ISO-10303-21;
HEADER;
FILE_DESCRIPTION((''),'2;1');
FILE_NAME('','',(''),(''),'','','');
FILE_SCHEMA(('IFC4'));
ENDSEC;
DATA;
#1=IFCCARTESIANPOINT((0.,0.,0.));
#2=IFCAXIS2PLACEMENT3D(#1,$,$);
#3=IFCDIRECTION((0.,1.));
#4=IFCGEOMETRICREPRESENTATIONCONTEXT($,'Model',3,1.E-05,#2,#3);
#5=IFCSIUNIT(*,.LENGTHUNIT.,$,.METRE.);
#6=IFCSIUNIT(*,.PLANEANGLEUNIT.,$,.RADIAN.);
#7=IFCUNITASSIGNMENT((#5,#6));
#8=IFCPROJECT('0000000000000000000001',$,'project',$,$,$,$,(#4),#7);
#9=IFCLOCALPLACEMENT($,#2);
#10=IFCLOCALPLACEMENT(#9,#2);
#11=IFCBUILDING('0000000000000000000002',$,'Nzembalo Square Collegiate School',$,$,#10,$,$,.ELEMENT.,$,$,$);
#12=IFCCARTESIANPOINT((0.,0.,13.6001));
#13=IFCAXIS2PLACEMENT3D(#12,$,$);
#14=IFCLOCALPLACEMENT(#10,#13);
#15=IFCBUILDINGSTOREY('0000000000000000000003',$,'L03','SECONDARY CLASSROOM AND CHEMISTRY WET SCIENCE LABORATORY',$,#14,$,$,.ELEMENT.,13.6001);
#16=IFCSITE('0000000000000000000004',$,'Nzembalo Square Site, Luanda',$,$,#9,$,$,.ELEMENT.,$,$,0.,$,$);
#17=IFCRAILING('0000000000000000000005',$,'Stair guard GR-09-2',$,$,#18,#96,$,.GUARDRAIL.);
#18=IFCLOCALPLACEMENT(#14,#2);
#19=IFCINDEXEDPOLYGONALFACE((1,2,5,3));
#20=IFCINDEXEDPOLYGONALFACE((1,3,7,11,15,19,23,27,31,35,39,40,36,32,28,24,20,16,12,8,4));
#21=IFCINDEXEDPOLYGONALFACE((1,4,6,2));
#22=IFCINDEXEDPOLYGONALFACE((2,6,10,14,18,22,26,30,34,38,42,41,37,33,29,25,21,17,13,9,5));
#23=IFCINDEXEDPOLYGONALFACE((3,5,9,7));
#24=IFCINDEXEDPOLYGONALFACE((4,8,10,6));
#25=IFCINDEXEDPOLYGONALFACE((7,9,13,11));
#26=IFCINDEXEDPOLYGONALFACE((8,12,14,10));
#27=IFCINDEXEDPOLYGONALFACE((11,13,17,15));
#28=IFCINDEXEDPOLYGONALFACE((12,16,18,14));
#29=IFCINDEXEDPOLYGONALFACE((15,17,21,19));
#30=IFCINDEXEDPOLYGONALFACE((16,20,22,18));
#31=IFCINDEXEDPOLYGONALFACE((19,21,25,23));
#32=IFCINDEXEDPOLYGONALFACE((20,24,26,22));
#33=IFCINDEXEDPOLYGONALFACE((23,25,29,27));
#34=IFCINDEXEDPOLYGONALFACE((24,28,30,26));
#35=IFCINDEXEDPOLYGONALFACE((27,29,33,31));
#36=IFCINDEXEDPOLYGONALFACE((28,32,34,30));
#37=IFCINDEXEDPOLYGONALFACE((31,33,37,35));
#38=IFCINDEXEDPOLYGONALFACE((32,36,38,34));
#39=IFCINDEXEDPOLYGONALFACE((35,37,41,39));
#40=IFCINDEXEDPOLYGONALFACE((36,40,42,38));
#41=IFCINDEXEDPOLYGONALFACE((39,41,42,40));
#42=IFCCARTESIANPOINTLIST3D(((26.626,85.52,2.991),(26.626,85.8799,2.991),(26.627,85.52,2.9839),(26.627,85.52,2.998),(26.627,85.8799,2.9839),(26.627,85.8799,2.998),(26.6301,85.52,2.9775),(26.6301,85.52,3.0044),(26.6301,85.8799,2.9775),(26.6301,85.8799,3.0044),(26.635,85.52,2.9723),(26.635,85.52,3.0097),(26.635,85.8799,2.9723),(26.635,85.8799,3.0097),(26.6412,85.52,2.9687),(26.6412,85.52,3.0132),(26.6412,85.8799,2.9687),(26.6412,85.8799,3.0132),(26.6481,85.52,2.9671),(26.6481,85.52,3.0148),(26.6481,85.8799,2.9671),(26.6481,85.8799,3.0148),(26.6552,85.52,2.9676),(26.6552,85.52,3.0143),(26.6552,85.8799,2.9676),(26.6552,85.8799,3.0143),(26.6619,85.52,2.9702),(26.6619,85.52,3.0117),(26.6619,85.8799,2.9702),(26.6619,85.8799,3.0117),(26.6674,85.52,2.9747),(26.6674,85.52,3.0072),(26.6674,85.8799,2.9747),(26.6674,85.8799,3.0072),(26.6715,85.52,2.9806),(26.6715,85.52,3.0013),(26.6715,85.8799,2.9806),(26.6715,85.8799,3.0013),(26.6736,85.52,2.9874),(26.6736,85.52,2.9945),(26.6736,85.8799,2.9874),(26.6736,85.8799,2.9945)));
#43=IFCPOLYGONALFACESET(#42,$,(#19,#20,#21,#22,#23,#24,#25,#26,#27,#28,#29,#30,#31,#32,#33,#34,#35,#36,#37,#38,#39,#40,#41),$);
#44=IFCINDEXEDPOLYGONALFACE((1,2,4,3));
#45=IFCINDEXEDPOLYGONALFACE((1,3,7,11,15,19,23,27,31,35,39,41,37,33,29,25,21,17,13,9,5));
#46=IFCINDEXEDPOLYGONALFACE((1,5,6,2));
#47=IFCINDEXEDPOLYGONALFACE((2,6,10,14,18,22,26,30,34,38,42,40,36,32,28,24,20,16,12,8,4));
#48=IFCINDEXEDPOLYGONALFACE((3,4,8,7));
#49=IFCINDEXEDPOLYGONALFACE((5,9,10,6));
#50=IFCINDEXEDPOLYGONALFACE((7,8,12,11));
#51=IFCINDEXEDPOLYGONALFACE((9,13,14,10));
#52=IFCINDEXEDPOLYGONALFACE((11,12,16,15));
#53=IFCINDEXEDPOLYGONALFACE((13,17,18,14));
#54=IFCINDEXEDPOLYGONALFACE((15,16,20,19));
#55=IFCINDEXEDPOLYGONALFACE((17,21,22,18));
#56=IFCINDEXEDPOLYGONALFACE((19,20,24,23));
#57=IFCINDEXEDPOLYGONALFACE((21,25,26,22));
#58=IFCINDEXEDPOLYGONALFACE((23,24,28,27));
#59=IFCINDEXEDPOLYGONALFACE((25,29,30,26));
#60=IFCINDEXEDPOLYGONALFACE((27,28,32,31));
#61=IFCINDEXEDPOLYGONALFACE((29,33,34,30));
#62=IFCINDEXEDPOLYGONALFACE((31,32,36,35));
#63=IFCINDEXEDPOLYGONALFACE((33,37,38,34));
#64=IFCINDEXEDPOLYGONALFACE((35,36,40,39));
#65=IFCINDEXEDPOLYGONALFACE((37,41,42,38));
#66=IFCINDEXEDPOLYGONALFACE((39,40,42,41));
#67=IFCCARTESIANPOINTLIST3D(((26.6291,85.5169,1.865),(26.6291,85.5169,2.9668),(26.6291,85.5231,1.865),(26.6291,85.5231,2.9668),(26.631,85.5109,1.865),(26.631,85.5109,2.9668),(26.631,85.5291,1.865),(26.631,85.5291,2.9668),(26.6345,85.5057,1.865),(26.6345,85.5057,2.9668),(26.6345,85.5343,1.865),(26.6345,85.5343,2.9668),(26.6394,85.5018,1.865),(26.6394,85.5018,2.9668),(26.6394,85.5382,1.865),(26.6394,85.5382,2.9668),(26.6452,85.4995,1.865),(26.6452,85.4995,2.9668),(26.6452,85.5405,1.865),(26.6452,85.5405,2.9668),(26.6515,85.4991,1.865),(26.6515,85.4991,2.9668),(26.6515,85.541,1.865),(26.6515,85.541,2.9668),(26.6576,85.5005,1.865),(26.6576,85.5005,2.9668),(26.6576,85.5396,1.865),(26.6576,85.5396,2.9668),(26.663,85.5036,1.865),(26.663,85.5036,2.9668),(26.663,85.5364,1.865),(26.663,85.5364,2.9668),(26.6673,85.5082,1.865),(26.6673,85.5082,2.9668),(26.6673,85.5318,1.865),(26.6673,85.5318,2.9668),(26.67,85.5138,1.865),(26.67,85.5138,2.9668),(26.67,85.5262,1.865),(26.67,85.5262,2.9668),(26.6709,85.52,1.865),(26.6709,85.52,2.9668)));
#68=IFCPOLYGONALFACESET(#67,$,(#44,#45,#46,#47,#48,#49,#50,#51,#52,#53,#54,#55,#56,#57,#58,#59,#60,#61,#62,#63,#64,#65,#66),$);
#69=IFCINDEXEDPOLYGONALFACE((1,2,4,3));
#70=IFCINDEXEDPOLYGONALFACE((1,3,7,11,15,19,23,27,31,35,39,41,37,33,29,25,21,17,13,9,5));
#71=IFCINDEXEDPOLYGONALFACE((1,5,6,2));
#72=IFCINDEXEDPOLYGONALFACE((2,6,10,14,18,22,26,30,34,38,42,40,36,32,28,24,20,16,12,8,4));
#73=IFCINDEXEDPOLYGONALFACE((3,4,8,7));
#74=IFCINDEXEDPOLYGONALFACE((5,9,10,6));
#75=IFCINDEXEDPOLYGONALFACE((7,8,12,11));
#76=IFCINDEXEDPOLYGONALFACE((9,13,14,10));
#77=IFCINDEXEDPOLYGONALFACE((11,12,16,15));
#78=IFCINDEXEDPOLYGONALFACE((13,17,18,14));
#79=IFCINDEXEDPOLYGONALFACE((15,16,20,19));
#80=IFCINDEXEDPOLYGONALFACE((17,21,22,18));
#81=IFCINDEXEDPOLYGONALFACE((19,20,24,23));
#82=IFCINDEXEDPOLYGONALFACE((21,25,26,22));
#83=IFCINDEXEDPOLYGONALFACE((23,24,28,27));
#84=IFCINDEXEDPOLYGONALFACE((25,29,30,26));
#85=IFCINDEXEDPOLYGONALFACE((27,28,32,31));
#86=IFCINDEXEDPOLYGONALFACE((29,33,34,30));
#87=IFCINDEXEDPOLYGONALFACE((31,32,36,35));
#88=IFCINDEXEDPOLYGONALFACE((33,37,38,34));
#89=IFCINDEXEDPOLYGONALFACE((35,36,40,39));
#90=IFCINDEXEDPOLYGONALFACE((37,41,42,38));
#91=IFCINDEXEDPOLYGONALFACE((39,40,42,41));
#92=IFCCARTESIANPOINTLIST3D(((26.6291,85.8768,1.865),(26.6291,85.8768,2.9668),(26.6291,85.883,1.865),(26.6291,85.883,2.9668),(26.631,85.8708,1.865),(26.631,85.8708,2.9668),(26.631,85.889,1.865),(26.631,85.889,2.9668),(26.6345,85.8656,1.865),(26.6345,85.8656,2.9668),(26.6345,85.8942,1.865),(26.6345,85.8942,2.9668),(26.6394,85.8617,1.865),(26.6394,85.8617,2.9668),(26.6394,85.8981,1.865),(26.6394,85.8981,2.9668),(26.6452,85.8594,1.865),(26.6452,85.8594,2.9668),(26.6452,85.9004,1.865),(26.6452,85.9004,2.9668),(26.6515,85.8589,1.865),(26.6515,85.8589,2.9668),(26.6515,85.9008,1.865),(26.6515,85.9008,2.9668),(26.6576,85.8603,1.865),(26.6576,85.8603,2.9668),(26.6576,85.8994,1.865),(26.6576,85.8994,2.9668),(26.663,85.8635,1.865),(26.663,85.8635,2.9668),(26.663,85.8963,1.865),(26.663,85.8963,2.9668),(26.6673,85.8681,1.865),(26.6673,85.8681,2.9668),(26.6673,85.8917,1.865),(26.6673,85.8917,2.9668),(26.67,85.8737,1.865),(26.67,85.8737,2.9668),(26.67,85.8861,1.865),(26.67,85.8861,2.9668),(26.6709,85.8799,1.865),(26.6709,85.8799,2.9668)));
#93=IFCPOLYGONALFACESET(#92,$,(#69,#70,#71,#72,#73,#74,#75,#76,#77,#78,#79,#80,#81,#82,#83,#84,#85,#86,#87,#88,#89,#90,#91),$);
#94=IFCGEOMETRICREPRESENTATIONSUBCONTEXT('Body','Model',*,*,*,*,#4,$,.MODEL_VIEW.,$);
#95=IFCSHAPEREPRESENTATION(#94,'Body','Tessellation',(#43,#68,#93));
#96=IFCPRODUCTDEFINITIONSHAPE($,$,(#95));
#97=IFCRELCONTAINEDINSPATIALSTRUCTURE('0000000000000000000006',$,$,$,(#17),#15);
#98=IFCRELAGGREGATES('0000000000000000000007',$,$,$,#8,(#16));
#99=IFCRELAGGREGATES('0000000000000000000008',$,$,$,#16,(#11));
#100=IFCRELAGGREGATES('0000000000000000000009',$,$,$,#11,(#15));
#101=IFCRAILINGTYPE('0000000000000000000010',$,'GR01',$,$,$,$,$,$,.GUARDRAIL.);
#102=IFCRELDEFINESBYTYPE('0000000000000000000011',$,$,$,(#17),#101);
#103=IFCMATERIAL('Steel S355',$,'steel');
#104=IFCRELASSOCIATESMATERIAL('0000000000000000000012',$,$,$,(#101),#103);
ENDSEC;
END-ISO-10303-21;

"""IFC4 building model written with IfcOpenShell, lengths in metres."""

from ifc_helpers import new_model, si_unit, direction, frame, origin, origin_2d, place, context, subcontext, project, spatial, circle, extrude, material, type_object, element, save


model = new_model("IFC4")

# Units and contexts
model_context = context("Model", 3, precision=1e-05, world=origin(), true_north=direction((0.0, 1.0)))
body_context = subcontext(model_context, "Body", "Model", "MODEL_VIEW")
ifc_project = project(units=[si_unit("LENGTHUNIT", "METRE"), si_unit("PLANEANGLEUNIT", "RADIAN")], contexts=[model_context])

# Site, building, storey
site_placement = place(None, origin())
site = spatial("IfcSite", under=ifc_project, at=site_placement, Name="Nzembalo Square Site, Luanda", CompositionType="ELEMENT", RefElevation=0.0)
building_placement = place(site_placement, origin())
building = spatial("IfcBuilding", under=site, at=building_placement, Name="Nzembalo Square Collegiate School", CompositionType="ELEMENT")
storey_placement = place(building_placement, frame((0.0, 0.0, 13.6001)))
storey = spatial("IfcBuildingStorey", under=building, at=storey_placement, Name="L03", Description="SECONDARY CLASSROOM AND CHEMISTRY WET SCIENCE LABORATORY", CompositionType="ELEMENT", Elevation=13.6001)

# Railing
ifc_material_1 = material(Name="Steel S355", Category="steel")
railing_type_1 = type_object("IfcRailingType", Name="GR01", PredefinedType="GUARDRAIL", material=ifc_material_1)
railing_1_placement = place(storey_placement, frame((26.6499, 85.52, 1.865)))
element("IfcRailing", 1, at=railing_1_placement, inside=storey, type_object=railing_type_1, Name="Stair guard GR-09-2", PredefinedType="GUARDRAIL", context=body_context, shape_type="SweptSolid", body=[
    extrude(circle(Radius=0.0239, at=origin_2d()), frame((0.0, 0.0, 1.126), z_axis=(0.0, 1.0, 0.0), x_axis=(-1.0, 0.0, 0.0)), (0.0, 0.0, 1.0), 0.3599),
    extrude(circle(Radius=0.021, at=origin_2d()), origin(), (0.0, 0.0, 1.0), 1.1018),
    extrude(circle(Radius=0.021, at=origin_2d()), frame((0.0, 0.3599, 0.0)), (0.0, 0.0, 1.0), 1.1018),
])

save(model, "model.ifc")
